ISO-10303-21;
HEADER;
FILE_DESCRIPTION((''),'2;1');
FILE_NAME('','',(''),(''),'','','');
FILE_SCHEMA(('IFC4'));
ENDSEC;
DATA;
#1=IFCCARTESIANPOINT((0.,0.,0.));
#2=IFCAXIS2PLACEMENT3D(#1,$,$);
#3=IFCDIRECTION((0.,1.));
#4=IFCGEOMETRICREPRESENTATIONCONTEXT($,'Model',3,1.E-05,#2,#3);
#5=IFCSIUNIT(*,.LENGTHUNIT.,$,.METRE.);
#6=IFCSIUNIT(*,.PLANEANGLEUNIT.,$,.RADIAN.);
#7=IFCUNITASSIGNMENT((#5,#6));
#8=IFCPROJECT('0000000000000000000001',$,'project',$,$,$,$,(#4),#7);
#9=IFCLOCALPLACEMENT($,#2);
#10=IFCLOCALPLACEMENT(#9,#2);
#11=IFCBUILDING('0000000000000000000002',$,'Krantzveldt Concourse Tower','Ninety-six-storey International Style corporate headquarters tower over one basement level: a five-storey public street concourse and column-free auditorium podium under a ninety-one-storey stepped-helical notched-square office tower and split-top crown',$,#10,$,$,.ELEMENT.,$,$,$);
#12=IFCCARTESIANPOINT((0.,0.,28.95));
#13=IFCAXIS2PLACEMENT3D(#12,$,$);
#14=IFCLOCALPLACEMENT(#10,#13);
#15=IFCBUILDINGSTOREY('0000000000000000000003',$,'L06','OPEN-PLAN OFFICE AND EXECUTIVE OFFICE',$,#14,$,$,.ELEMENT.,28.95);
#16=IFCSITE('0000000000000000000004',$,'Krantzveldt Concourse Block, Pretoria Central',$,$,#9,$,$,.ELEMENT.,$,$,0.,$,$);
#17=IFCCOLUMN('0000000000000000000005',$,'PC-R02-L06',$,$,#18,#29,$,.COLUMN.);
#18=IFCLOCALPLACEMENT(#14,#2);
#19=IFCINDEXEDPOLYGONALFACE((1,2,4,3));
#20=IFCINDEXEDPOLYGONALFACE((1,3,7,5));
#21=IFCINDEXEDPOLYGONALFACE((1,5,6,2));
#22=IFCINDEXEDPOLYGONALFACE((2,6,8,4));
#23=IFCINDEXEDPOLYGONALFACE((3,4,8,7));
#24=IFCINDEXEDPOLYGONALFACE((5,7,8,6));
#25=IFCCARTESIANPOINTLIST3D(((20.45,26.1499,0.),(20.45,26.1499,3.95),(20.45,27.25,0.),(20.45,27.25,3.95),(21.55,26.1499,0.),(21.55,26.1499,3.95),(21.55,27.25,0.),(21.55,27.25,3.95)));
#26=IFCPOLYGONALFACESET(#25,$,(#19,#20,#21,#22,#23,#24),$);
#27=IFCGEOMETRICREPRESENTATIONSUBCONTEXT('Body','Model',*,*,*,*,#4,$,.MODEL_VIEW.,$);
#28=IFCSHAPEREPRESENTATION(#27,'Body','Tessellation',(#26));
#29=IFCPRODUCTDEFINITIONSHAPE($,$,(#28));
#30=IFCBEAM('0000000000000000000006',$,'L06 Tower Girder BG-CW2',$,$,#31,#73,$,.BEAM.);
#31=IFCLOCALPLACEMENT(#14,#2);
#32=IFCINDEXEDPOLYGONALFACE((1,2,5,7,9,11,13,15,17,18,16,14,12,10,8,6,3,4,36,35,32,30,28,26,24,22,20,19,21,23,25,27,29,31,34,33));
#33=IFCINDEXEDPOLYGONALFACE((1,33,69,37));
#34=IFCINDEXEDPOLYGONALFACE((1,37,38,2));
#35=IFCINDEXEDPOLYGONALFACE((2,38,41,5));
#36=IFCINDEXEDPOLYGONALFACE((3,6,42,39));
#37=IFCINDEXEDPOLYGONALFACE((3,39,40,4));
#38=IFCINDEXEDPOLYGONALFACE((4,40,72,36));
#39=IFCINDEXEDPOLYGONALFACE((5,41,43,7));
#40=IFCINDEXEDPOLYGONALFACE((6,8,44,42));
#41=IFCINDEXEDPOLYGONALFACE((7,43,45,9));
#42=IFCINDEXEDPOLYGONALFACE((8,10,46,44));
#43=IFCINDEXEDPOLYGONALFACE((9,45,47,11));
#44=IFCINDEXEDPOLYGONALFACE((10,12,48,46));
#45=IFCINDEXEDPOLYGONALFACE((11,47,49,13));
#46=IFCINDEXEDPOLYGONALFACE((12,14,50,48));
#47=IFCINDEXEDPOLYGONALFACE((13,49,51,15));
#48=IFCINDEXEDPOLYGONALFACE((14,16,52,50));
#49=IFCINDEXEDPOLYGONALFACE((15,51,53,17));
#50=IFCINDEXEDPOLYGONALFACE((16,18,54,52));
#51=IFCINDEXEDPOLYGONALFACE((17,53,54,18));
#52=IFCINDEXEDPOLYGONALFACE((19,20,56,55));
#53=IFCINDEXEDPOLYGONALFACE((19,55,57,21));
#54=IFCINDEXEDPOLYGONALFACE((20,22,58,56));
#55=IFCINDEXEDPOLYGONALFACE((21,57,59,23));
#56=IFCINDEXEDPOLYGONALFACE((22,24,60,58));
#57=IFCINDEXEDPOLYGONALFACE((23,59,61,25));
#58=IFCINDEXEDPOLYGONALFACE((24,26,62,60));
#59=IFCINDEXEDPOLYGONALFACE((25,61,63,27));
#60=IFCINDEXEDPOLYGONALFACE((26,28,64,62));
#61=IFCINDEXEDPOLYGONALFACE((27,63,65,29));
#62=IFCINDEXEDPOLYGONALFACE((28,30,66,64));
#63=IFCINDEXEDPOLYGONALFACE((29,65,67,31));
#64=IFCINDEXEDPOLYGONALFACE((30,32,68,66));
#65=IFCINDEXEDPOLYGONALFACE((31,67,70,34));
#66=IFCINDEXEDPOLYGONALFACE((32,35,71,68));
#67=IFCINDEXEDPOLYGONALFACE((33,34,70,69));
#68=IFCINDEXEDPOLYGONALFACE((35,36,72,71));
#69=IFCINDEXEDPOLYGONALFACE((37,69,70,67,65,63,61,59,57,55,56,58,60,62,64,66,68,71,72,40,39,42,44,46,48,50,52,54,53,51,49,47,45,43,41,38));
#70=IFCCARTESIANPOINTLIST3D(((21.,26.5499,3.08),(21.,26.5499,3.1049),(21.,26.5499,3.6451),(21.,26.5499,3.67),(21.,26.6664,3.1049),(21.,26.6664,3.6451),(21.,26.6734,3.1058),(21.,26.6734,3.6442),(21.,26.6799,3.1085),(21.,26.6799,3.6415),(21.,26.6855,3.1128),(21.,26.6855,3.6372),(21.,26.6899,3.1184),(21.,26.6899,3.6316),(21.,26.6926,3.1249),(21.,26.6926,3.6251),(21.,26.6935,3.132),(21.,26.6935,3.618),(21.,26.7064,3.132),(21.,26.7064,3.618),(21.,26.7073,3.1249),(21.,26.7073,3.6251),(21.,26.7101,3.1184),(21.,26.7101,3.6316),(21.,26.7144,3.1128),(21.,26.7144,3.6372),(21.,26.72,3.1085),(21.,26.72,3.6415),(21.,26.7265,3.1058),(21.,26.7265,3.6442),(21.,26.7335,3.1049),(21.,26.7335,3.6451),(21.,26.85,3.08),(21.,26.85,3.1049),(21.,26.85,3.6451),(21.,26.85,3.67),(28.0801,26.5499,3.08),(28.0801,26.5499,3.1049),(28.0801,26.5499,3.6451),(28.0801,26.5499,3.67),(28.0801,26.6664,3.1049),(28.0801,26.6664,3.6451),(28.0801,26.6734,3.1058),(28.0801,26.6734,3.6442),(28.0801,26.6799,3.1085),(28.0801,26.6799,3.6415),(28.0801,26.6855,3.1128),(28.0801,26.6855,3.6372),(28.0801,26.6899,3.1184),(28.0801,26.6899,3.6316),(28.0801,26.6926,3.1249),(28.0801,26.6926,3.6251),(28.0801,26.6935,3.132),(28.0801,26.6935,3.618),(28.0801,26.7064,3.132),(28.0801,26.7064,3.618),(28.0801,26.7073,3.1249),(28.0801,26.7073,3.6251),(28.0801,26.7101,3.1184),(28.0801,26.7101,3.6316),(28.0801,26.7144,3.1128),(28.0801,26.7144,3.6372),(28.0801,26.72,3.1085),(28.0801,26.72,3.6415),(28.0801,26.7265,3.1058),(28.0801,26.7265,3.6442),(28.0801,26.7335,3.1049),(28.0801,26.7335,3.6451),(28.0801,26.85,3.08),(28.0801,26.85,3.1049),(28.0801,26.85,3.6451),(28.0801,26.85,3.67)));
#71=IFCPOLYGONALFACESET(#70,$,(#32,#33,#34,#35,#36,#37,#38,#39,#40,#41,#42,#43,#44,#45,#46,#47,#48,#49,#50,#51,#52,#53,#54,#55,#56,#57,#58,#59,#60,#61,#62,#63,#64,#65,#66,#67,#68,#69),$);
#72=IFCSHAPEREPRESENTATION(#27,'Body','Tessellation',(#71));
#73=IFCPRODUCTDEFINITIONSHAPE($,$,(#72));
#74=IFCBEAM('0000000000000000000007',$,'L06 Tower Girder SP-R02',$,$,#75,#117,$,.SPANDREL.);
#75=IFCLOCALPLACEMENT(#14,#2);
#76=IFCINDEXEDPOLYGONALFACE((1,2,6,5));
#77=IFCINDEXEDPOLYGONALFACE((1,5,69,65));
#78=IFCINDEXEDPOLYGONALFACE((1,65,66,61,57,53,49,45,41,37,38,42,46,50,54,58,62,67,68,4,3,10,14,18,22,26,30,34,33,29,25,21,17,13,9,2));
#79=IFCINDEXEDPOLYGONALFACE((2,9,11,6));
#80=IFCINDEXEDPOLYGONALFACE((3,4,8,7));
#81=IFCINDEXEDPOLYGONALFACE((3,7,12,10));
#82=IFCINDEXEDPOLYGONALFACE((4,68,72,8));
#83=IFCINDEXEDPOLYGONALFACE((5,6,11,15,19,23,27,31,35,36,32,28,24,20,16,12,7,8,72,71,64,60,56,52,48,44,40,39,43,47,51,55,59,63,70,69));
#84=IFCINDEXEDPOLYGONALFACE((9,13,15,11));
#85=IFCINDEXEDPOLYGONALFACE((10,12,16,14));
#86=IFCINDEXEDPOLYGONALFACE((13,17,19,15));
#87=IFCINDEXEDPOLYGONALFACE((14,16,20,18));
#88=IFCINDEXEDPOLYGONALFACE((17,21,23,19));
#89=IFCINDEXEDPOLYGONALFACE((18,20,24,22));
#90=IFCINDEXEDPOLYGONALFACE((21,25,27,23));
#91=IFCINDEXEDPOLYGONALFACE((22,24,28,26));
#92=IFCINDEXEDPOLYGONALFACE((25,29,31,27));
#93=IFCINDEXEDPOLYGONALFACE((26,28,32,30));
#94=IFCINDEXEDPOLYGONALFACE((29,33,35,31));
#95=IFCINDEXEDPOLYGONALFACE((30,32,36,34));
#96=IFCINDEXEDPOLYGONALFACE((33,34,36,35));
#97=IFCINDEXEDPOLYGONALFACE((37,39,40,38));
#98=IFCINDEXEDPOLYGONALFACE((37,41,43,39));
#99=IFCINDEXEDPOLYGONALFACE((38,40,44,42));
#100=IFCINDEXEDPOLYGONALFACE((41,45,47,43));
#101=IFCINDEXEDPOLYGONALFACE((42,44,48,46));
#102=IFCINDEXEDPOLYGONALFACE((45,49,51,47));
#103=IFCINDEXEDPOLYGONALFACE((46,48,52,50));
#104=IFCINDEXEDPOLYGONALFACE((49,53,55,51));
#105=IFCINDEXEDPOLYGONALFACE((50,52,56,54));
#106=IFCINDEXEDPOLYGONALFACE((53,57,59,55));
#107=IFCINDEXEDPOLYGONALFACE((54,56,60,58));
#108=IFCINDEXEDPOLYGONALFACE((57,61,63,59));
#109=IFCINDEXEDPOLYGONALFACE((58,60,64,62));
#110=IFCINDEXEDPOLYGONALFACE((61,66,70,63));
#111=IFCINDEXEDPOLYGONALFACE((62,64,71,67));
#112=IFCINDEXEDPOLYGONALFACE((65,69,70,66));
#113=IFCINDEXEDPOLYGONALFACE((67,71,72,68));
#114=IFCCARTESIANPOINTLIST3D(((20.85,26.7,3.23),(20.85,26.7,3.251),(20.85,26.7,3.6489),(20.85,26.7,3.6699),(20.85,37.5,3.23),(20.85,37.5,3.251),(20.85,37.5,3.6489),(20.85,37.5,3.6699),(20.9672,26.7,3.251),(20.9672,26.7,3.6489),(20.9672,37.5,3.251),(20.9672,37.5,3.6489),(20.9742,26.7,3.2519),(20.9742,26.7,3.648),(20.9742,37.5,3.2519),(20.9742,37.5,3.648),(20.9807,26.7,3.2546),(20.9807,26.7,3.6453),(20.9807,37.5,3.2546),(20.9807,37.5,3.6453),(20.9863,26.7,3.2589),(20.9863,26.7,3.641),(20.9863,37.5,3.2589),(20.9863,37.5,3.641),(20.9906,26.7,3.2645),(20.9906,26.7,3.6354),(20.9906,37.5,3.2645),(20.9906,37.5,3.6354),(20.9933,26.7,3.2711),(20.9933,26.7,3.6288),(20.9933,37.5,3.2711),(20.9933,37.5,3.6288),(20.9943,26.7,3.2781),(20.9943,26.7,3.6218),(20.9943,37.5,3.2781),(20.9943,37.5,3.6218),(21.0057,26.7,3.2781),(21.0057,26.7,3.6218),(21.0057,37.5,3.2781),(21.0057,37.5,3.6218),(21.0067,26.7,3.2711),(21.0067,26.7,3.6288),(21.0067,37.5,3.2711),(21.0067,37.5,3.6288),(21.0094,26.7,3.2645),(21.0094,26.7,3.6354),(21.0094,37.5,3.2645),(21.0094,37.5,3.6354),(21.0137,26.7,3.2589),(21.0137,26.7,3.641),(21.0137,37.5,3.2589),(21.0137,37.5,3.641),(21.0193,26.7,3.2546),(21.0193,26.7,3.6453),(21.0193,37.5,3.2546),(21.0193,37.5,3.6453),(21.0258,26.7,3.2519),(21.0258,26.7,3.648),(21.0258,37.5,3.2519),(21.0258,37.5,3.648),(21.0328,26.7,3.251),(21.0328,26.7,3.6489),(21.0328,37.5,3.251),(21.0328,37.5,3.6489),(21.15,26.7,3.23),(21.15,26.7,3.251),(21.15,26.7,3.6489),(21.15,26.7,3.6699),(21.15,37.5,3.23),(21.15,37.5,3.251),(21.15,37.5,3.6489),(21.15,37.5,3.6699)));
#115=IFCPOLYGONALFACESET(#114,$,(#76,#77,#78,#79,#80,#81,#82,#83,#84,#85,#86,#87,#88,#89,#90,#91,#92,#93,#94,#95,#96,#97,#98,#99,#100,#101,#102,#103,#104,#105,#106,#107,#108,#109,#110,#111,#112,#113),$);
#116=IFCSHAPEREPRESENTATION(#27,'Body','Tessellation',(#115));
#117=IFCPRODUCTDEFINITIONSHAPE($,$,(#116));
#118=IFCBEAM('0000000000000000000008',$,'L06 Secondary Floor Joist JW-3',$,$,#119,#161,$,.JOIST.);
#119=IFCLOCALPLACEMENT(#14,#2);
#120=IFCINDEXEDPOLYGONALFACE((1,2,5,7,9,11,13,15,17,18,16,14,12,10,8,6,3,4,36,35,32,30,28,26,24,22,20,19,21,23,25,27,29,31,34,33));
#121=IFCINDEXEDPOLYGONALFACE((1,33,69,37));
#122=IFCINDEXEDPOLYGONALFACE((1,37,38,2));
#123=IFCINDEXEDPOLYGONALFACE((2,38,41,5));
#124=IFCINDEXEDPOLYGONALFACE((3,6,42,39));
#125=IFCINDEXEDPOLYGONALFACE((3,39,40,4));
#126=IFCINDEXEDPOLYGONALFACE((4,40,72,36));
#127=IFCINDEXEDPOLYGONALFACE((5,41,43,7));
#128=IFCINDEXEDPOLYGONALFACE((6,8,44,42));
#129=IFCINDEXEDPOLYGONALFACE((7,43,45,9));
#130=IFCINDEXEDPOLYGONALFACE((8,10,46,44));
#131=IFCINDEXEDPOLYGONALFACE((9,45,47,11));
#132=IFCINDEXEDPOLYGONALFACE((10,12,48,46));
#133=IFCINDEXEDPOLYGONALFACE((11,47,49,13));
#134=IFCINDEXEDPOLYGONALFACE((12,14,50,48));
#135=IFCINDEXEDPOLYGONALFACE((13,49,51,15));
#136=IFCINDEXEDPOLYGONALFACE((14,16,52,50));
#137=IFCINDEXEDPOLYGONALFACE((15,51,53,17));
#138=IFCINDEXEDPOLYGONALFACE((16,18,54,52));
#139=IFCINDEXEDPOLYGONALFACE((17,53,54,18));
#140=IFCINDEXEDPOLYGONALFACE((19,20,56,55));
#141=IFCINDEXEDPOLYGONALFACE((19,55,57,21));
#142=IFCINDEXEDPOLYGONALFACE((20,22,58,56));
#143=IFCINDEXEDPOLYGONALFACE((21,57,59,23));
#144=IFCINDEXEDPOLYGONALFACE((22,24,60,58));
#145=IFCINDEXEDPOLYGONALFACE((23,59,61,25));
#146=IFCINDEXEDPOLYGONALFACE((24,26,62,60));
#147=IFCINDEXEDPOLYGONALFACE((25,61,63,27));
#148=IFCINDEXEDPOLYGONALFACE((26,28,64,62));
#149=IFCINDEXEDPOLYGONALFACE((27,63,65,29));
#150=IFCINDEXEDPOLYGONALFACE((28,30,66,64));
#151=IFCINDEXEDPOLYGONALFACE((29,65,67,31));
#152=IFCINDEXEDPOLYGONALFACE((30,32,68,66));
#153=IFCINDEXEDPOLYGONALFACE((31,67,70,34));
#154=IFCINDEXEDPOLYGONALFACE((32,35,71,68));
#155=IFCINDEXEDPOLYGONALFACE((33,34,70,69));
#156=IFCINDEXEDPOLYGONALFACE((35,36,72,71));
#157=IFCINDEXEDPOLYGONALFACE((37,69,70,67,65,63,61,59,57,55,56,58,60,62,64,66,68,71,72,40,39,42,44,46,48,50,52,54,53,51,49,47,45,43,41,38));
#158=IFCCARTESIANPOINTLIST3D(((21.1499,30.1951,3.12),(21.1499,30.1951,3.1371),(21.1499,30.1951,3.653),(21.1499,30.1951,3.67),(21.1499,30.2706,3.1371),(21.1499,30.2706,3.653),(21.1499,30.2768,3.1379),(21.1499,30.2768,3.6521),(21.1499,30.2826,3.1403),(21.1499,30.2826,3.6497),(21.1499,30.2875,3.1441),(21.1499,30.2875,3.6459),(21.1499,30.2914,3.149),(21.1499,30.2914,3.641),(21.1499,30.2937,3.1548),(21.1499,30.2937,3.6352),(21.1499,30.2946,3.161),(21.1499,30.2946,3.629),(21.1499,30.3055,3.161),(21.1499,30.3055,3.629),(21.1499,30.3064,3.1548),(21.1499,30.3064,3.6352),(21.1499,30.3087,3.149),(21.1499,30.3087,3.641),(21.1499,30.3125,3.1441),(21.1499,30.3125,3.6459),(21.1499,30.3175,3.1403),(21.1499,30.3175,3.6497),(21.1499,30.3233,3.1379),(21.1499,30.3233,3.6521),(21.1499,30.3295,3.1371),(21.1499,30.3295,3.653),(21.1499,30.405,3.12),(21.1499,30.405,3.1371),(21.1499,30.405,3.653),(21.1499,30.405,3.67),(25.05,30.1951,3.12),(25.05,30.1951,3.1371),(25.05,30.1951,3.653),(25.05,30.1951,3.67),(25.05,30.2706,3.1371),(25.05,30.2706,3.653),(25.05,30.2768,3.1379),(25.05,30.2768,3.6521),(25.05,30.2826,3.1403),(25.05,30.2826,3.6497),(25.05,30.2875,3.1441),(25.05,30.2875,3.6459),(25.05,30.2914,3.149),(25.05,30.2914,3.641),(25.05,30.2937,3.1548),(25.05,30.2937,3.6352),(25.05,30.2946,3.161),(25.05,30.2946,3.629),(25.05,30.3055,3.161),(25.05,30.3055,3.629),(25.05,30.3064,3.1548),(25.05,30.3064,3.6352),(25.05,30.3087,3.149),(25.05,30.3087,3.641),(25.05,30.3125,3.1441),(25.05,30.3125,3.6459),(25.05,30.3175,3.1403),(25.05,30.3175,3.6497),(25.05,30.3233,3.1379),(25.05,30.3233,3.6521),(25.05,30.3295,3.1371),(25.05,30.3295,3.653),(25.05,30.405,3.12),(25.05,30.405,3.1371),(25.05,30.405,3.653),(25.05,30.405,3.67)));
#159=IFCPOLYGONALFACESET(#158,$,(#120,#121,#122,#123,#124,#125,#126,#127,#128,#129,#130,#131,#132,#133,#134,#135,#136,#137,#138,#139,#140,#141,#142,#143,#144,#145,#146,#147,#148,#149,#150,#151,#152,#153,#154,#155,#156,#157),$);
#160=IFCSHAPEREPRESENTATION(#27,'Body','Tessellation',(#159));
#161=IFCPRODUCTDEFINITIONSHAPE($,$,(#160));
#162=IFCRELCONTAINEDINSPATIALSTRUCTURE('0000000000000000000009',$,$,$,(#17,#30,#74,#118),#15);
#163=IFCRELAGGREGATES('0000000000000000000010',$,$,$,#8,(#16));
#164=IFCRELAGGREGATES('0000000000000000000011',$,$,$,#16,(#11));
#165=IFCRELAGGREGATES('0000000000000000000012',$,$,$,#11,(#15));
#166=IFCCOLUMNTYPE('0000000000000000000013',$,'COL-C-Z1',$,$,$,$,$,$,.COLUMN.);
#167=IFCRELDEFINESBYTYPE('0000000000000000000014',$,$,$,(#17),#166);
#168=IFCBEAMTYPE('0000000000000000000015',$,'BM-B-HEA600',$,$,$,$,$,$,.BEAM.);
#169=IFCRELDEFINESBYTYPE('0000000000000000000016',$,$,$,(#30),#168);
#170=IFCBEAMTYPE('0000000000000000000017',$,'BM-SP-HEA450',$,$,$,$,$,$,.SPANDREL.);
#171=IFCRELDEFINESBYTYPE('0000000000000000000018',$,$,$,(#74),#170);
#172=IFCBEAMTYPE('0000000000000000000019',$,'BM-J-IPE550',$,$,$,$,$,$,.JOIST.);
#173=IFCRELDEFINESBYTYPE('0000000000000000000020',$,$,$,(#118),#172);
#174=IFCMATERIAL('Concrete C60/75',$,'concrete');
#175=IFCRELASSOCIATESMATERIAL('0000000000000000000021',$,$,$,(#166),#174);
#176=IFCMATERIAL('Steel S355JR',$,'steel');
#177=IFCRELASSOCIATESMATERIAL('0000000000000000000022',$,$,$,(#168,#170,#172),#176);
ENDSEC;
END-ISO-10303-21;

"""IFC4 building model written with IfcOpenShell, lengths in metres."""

from ifc_helpers import new_model, si_unit, direction, frame, origin, origin_2d, place, context, subcontext, project, spatial, rectangle, i_section, extrude, source, transform, mapped, material, material_profile, profile_set, type_object, type_shapes, element, save


model = new_model("IFC4")

# Units and contexts
model_context = context("Model", 3, precision=1e-05, world=origin(), true_north=direction((0.0, 1.0)))
body_context = subcontext(model_context, "Body", "Model", "MODEL_VIEW")
ifc_project = project(units=[si_unit("LENGTHUNIT", "METRE"), si_unit("PLANEANGLEUNIT", "RADIAN")], contexts=[model_context])

# Site, building, storey
site_placement = place(None, origin())
site = spatial("IfcSite", under=ifc_project, at=site_placement, Name="Krantzveldt Concourse Block, Pretoria Central", CompositionType="ELEMENT", RefElevation=0.0)
building_placement = place(site_placement, origin())
building = spatial("IfcBuilding", under=site, at=building_placement, Name="Krantzveldt Concourse Tower", Description="Ninety-six-storey International Style corporate headquarters tower over one basement level: a five-storey public street concourse and column-free auditorium podium under a ninety-one-storey stepped-helical notched-square office tower and split-top crown", CompositionType="ELEMENT")
storey_placement = place(building_placement, frame((0.0, 0.0, 28.95)))
storey = spatial("IfcBuildingStorey", under=building, at=storey_placement, Name="L06", Description="OPEN-PLAN OFFICE AND EXECUTIVE OFFICE", CompositionType="ELEMENT", Elevation=28.95)

# Column
ifc_material_1 = material(Name="Concrete C60/75", Category="concrete")
ifc_material_profile_1 = material_profile(ifc_material_1, rectangle(XDim=1.1001, YDim=1.1001, at=origin_2d()), Name="Concrete C60/75", Category="concrete")
ifc_profile_set_1 = profile_set([ifc_material_profile_1], Name="Concrete C60/75 - RC 1100x1100")
column_type = type_object("IfcColumnType", Name="COL-C-Z1", PredefinedType="COLUMN", material=ifc_profile_set_1)
shared_shape_1 = source(origin(), body_context, "Body", "SweptSolid", [
    extrude(rectangle(XDim=1.1001, YDim=1.1001, at=origin_2d()), origin(), (0.0, 0.0, 1.0), 3.95),
])
type_shapes(column_type, [shared_shape_1])
column_placement = place(storey_placement, frame((21.0, 26.7, 0.0), z_axis=(0.0, 0.0, 1.0), x_axis=(1.0, 0.0, 0.0)))
element("IfcColumn", 1, at=column_placement, inside=storey, type_object=column_type, Name="PC-R02-L06", PredefinedType="COLUMN", context=body_context, shape_type="MappedRepresentation", body=[
    mapped(shared_shape_1, transform((0.0, 0.0, 0.0), x_axis=(1.0, 0.0, 0.0), y_axis=(0.0, 1.0, 0.0), z_axis=(0.0, 0.0, 1.0), scale=1.0)),
])

# Beams
ifc_material_2 = material(Name="Steel S355JR", Category="steel")
ifc_material_profile_2 = material_profile(ifc_material_2, i_section(OverallWidth=0.3, OverallDepth=0.5901, WebThickness=0.0129, FlangeThickness=0.0249, FilletRadius=0.0271, at=origin_2d()), Name="Steel S355JR", Category="steel")
ifc_profile_set_2 = profile_set([ifc_material_profile_2], Name="Steel S355JR - HEA 600")
beam_type_1 = type_object("IfcBeamType", Name="BM-B-HEA600", PredefinedType="BEAM", material=ifc_profile_set_2)
shared_shape_2 = source(origin(), body_context, "Body", "SweptSolid", [
    extrude(i_section(OverallWidth=0.3, OverallDepth=0.5901, WebThickness=0.0129, FlangeThickness=0.0249, FilletRadius=0.0271, at=origin_2d()), origin(), (0.0, 0.0, 1.0), 7.0801),
])
type_shapes(beam_type_1, [shared_shape_2])
beam_1_placement = place(storey_placement, frame((21.0, 26.7, 3.375), z_axis=(1.0, 0.0, 0.0), x_axis=(0.0, 1.0, 0.0)))
element("IfcBeam", 2, at=beam_1_placement, inside=storey, type_object=beam_type_1, Name="L06 Tower Girder BG-CW2", PredefinedType="BEAM", context=body_context, shape_type="MappedRepresentation", body=[
    mapped(shared_shape_2, transform((0.0, 0.0, 0.0), x_axis=(1.0, 0.0, 0.0), y_axis=(0.0, 1.0, 0.0), z_axis=(0.0, 0.0, 1.0), scale=1.0)),
])
ifc_material_profile_3 = material_profile(ifc_material_2, i_section(OverallWidth=0.3, OverallDepth=0.4399, WebThickness=0.0115, FlangeThickness=0.021, FilletRadius=0.0271, at=origin_2d()), Name="Steel S355JR", Category="steel")
ifc_profile_set_3 = profile_set([ifc_material_profile_3], Name="Steel S355JR - HEA 450")
beam_type_2 = type_object("IfcBeamType", Name="BM-SP-HEA450", PredefinedType="SPANDREL", material=ifc_profile_set_3)
shared_shape_3 = source(origin(), body_context, "Body", "SweptSolid", [
    extrude(i_section(OverallWidth=0.3, OverallDepth=0.4399, WebThickness=0.0115, FlangeThickness=0.021, FilletRadius=0.0271, at=origin_2d()), origin(), (0.0, 0.0, 1.0), 10.8),
])
type_shapes(beam_type_2, [shared_shape_3])
beam_2_placement = place(storey_placement, frame((21.0, 26.7, 3.45), z_axis=(0.0, 1.0, 0.0), x_axis=(-1.0, 0.0, 0.0)))
element("IfcBeam", 3, at=beam_2_placement, inside=storey, type_object=beam_type_2, Name="L06 Tower Girder SP-R02", PredefinedType="SPANDREL", context=body_context, shape_type="MappedRepresentation", body=[
    mapped(shared_shape_3, transform((0.0, 0.0, 0.0), x_axis=(1.0, 0.0, 0.0), y_axis=(0.0, 1.0, 0.0), z_axis=(0.0, 0.0, 1.0), scale=1.0)),
])
ifc_material_profile_4 = material_profile(ifc_material_2, i_section(OverallWidth=0.21, OverallDepth=0.55, WebThickness=0.011, FlangeThickness=0.0171, FilletRadius=0.0239, at=origin_2d()), Name="Steel S355JR", Category="steel")
ifc_profile_set_4 = profile_set([ifc_material_profile_4], Name="Steel S355JR - IPE 550")
beam_type_3 = type_object("IfcBeamType", Name="BM-J-IPE550", PredefinedType="JOIST", material=ifc_profile_set_4)
shared_shape_4 = source(origin(), body_context, "Body", "SweptSolid", [
    extrude(i_section(OverallWidth=0.21, OverallDepth=0.55, WebThickness=0.011, FlangeThickness=0.0171, FilletRadius=0.0239, at=origin_2d()), origin(), (0.0, 0.0, 1.0), 3.9001),
])
type_shapes(beam_type_3, [shared_shape_4])
for number, where, z_axis, x_axis, name in (
    (4, (21.1499, 30.3, 3.395), (1.0, 0.0, 0.0), (0.0, 1.0, 0.0), "L06 Secondary Floor Joist JW-3"),
):
    element("IfcBeam", number, at=place(storey_placement, frame(where, z_axis=z_axis, x_axis=x_axis)), inside=storey, type_object=beam_type_3, Name=name, PredefinedType="JOIST", context=body_context, shape_type="MappedRepresentation", body=[
        mapped(shared_shape_4, transform((0.0, 0.0, 0.0), x_axis=(1.0, 0.0, 0.0), y_axis=(0.0, 1.0, 0.0), z_axis=(0.0, 0.0, 1.0), scale=1.0)),
    ])

save(model, "model.ifc")
